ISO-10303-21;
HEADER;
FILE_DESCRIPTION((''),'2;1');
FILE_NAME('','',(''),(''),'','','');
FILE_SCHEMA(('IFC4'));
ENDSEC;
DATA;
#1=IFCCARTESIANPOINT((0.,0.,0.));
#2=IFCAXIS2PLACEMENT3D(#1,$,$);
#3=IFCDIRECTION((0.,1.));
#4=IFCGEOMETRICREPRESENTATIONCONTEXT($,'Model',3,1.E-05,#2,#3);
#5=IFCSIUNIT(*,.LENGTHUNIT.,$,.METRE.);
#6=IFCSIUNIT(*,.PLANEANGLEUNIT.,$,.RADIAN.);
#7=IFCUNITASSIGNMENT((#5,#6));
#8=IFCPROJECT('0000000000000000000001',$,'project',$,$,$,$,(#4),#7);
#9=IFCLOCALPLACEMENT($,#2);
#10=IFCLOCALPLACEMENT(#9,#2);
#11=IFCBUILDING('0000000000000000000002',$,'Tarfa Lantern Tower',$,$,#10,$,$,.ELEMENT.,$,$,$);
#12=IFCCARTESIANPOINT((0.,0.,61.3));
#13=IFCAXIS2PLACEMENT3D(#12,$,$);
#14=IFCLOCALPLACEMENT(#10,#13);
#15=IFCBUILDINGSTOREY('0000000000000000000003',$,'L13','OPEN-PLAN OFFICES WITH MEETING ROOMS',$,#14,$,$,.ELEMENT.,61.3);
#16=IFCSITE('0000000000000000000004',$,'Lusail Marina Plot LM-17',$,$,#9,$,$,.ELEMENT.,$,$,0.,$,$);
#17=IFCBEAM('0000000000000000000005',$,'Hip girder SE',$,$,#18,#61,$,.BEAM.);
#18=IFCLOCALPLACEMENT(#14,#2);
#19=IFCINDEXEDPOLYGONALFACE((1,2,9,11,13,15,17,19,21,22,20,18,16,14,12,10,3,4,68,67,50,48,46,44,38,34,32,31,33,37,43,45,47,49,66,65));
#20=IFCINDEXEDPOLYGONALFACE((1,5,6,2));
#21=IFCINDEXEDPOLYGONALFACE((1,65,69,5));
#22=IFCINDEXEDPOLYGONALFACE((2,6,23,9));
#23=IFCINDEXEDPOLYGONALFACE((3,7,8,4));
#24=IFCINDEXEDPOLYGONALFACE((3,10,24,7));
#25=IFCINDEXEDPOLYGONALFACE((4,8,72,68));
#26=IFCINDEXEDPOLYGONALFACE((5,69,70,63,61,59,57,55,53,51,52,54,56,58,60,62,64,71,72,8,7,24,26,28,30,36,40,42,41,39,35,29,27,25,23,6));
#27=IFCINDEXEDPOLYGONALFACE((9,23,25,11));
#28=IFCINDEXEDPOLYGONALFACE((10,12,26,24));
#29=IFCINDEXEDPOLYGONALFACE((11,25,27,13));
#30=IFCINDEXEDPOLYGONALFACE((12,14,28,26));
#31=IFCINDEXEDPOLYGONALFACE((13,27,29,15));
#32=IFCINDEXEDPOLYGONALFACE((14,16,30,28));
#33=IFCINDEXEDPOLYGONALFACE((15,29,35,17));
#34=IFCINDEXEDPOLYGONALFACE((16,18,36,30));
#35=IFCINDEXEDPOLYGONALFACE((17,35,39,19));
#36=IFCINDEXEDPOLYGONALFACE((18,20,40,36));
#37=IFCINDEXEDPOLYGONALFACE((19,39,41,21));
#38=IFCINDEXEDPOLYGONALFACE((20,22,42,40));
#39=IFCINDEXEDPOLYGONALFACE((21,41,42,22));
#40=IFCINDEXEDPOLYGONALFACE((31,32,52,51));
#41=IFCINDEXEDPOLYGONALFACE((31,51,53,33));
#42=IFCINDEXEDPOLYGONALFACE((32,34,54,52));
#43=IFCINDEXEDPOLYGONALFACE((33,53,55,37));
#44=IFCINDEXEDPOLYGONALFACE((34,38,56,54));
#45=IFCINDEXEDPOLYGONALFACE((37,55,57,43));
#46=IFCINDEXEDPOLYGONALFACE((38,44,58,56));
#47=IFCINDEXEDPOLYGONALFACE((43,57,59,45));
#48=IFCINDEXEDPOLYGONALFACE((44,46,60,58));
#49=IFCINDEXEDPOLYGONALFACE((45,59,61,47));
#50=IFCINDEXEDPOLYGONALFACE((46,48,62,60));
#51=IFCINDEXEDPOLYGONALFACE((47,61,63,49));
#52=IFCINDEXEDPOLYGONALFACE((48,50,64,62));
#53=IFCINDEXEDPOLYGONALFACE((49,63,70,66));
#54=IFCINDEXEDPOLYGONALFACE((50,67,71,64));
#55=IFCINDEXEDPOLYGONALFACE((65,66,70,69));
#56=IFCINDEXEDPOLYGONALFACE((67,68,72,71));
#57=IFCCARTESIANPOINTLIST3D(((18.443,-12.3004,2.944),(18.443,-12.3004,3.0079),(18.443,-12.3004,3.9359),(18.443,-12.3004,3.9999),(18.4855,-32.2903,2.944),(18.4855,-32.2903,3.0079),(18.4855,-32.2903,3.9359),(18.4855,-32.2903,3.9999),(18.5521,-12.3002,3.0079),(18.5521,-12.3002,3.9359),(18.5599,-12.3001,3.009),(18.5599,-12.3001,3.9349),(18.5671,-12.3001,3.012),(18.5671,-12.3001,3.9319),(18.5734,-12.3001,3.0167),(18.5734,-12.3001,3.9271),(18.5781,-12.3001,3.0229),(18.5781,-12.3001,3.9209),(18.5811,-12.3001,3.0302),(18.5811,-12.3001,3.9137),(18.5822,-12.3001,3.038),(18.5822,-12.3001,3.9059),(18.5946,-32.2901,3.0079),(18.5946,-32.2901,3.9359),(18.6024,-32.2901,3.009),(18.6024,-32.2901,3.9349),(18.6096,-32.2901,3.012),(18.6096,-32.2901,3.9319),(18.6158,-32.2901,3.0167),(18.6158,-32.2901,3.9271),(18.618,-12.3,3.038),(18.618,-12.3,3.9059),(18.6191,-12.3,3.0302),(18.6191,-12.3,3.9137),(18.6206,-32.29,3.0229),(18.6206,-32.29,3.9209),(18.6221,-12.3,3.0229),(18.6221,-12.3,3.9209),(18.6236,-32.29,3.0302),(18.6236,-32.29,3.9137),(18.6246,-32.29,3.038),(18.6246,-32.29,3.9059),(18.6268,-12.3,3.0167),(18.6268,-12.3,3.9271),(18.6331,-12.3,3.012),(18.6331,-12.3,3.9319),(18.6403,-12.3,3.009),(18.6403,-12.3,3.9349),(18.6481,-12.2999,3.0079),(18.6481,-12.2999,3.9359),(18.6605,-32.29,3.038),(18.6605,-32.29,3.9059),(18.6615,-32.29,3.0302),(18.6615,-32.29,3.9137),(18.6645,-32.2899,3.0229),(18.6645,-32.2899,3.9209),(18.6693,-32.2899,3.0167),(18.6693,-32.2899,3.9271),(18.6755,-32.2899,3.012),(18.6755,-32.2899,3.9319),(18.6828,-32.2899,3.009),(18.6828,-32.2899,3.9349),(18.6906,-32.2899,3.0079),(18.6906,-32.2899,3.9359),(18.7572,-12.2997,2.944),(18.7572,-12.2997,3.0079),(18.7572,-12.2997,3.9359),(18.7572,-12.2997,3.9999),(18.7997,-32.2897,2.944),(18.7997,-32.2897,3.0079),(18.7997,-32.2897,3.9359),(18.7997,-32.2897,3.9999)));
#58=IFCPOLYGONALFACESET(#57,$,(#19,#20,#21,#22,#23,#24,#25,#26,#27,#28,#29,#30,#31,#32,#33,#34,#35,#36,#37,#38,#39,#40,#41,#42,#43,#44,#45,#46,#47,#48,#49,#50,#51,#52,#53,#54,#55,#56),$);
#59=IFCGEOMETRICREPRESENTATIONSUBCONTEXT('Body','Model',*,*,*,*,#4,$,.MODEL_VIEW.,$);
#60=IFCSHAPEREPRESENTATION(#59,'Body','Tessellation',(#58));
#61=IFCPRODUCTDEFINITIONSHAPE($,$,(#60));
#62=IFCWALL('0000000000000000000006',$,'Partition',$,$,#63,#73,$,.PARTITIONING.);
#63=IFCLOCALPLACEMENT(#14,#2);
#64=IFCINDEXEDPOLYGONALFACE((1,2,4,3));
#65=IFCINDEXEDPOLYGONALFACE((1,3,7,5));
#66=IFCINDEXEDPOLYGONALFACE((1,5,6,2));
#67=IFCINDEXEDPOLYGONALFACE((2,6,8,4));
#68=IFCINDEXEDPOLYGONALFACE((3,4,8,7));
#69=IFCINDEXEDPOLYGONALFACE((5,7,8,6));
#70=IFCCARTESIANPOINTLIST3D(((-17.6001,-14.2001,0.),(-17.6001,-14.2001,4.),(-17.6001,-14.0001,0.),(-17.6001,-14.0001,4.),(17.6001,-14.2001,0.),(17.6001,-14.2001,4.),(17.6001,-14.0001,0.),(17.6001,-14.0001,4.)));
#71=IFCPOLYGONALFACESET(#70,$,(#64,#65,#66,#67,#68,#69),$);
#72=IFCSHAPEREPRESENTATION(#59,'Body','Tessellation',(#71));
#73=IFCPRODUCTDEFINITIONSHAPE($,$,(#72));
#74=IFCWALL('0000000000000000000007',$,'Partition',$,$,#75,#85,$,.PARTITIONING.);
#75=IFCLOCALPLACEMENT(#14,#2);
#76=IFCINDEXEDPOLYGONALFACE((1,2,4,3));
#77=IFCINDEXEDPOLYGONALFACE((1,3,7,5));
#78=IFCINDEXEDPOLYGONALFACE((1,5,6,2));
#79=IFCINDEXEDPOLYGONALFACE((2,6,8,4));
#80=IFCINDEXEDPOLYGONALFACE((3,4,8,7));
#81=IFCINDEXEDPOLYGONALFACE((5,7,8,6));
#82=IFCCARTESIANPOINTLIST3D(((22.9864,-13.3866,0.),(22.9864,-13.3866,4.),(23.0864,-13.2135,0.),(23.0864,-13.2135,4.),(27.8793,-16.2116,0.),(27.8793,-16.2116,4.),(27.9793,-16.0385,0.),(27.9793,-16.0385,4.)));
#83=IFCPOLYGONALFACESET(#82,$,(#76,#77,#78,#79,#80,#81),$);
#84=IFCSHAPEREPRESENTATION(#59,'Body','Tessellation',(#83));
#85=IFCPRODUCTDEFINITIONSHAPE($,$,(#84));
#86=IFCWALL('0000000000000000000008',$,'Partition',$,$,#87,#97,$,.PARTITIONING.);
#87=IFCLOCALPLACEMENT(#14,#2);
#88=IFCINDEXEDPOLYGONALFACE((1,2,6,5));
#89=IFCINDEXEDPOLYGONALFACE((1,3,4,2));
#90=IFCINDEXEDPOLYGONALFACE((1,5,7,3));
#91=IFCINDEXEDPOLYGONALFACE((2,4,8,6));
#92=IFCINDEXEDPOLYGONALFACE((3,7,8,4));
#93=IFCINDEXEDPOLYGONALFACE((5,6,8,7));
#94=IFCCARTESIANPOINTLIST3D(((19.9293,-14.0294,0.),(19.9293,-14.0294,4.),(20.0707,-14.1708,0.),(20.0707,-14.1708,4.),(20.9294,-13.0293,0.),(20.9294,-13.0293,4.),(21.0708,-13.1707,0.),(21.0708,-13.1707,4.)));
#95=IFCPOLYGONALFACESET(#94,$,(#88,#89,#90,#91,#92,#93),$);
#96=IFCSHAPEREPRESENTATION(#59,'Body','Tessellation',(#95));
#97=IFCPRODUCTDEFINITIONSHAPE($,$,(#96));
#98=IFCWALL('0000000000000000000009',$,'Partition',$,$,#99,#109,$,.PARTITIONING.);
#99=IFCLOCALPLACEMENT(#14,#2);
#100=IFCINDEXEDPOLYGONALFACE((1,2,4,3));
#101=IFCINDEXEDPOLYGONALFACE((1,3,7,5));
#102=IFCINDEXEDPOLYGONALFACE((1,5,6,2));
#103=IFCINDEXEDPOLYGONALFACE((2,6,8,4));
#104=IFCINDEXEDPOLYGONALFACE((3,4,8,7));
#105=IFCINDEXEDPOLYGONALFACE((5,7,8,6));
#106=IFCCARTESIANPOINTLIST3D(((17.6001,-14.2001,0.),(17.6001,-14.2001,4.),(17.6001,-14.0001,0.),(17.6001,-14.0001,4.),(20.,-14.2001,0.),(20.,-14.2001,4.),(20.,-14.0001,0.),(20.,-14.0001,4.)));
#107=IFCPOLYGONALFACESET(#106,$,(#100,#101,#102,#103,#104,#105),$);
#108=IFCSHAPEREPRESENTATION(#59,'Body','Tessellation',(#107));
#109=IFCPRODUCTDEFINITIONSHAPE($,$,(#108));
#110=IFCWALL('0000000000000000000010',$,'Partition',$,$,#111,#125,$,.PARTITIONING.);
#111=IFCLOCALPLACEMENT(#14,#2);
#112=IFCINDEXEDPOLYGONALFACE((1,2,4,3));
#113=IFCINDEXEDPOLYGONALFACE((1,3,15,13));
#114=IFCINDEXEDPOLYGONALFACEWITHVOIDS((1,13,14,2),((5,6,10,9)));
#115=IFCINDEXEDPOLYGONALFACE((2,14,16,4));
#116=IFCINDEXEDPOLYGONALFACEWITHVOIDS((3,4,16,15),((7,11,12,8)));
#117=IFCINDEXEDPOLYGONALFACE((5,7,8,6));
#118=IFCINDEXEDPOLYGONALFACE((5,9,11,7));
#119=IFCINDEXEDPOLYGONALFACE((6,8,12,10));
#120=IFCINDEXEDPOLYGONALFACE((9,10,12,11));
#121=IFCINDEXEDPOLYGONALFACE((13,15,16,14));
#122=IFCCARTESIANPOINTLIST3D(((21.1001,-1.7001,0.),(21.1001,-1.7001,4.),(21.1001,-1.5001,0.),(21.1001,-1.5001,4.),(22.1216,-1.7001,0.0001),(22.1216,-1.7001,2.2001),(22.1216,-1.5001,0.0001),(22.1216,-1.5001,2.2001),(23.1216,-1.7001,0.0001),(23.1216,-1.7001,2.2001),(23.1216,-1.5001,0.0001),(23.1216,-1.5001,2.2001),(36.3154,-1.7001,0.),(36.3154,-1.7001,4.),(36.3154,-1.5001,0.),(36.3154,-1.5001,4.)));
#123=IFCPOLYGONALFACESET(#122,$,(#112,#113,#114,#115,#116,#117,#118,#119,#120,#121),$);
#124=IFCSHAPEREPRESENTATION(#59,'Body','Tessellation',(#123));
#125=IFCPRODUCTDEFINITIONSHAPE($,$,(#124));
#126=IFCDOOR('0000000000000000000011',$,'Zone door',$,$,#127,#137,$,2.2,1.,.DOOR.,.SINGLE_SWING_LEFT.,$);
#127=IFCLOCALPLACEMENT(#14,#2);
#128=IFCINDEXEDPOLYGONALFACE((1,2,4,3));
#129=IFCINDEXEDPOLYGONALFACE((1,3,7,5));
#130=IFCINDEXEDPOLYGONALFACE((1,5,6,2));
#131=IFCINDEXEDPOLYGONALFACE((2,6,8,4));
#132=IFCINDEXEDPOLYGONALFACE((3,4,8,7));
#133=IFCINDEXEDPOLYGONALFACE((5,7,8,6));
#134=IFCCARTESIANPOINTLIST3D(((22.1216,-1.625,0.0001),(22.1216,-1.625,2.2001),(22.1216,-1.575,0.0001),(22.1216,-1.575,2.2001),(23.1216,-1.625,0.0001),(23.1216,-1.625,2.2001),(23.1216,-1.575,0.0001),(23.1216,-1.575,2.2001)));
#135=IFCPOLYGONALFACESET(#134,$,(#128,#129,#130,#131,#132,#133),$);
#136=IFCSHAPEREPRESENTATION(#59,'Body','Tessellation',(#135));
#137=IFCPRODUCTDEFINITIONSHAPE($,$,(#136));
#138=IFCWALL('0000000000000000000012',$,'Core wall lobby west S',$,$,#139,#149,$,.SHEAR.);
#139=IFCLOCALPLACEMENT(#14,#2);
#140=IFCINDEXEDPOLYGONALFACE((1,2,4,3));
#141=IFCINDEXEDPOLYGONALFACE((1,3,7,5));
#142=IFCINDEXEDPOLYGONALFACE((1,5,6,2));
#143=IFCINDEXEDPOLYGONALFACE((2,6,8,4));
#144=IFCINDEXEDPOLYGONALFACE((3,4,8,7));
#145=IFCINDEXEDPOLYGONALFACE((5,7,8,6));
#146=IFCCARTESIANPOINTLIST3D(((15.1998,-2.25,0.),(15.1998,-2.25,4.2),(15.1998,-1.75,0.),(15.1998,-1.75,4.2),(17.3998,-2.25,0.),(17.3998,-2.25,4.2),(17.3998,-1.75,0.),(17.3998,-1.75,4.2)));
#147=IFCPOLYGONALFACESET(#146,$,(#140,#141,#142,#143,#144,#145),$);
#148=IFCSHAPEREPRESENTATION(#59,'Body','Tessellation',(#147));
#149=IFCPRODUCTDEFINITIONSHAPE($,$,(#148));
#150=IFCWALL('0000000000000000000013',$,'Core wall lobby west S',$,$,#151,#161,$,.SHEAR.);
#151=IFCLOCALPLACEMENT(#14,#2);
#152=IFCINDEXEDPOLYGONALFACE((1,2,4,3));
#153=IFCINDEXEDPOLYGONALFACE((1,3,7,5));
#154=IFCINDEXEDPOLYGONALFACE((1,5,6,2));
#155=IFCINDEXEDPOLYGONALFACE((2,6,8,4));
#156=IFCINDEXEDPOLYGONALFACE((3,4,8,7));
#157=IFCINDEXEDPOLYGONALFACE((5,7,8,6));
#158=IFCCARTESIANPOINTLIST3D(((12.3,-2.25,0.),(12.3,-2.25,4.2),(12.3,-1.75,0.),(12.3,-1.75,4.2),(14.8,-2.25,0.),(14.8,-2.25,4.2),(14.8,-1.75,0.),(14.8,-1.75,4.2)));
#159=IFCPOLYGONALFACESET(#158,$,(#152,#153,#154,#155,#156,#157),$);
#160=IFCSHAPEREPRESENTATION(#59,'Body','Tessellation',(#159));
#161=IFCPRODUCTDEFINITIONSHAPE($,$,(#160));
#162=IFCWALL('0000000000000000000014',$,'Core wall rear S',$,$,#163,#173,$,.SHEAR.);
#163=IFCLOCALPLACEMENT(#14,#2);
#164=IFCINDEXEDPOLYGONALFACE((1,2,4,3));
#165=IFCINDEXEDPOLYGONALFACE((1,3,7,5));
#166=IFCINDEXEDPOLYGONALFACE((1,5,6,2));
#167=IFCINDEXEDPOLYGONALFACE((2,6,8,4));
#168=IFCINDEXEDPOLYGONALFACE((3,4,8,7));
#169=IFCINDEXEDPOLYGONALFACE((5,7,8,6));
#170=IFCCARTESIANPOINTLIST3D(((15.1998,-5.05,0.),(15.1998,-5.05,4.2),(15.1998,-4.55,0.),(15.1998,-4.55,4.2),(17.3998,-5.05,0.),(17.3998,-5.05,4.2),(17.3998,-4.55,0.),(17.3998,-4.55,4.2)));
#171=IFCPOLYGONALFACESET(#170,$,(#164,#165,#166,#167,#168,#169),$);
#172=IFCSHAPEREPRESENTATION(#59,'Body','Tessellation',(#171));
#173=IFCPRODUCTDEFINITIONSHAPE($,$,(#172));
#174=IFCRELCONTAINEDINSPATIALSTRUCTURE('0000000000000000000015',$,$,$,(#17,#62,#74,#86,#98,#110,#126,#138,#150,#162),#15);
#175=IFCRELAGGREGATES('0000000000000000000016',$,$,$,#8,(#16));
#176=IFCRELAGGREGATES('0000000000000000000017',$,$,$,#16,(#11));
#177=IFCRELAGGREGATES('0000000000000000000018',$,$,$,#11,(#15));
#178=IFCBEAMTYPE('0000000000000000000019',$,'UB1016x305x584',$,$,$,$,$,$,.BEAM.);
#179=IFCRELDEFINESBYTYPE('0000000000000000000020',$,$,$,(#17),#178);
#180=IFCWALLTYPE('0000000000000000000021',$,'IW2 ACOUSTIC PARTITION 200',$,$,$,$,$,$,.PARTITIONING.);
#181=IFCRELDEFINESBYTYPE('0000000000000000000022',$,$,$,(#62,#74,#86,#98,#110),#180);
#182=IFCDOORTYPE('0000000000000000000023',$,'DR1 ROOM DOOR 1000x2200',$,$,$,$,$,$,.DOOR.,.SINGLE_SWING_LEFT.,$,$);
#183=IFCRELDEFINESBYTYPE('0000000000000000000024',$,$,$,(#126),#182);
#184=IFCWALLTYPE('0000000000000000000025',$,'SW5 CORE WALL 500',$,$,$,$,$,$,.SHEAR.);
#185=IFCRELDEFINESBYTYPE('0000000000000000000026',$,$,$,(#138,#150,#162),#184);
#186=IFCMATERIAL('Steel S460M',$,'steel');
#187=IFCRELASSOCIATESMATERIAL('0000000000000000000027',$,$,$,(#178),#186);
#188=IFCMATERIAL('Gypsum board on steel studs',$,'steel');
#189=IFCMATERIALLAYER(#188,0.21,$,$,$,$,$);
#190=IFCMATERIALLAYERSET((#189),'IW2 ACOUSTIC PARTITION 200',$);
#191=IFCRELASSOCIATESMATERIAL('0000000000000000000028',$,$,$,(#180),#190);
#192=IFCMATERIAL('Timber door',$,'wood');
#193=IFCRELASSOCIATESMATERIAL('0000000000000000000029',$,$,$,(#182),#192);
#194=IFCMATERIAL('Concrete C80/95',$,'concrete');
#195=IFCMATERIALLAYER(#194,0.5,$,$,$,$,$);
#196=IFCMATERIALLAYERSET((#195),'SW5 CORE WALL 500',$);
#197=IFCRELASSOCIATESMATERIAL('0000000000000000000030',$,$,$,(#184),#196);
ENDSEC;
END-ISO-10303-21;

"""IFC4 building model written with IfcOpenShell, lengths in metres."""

from ifc_helpers import new_model, si_unit, direction, frame, frame_2d, origin, origin_2d, place, context, subcontext, project, spatial, rectangle, i_section, extrude, material, layer, layer_set, material_profile, profile_set, type_object, element, fill, save


model = new_model("IFC4")

# Units and contexts
model_context = context("Model", 3, precision=1e-05, world=origin(), true_north=direction((0.0, 1.0)))
body_context = subcontext(model_context, "Body", "Model", "MODEL_VIEW")
ifc_project = project(units=[si_unit("LENGTHUNIT", "METRE"), si_unit("PLANEANGLEUNIT", "RADIAN")], contexts=[model_context])

# Site, building, storey
site_placement = place(None, origin())
site = spatial("IfcSite", under=ifc_project, at=site_placement, Name="Lusail Marina Plot LM-17", CompositionType="ELEMENT", RefElevation=0.0)
building_placement = place(site_placement, origin())
building = spatial("IfcBuilding", under=site, at=building_placement, Name="Tarfa Lantern Tower", CompositionType="ELEMENT")
storey_placement = place(building_placement, frame((0.0, 0.0, 61.3)))
storey = spatial("IfcBuildingStorey", under=building, at=storey_placement, Name="L13", Description="OPEN-PLAN OFFICES WITH MEETING ROOMS", CompositionType="ELEMENT", Elevation=61.3)

# Beam
ifc_material_1 = material(Name="Steel S460M", Category="steel")
ifc_material_profile = material_profile(ifc_material_1, i_section(OverallWidth=0.3142, OverallDepth=1.0559, WebThickness=0.0359, FlangeThickness=0.064, FilletRadius=0.03, at=origin_2d()), Name="UB1016x305x584")
ifc_profile_set = profile_set([ifc_material_profile], Name="Steel S460M")
beam_type = type_object("IfcBeamType", Name="UB1016x305x584", PredefinedType="BEAM", material=ifc_profile_set)
beam_placement = place(storey_placement, frame((18.6001, -12.3, 3.4719), z_axis=(0.002125, -0.999998, 0.0), x_axis=(0.999998, 0.002125, 0.0)))
element("IfcBeam", 1, at=beam_placement, inside=storey, type_object=beam_type, Name="Hip girder SE", PredefinedType="BEAM", context=body_context, shape_type="SweptSolid", body=[
    extrude(i_section(OverallWidth=0.3142, OverallDepth=1.0559, WebThickness=0.0359, FlangeThickness=0.064, FilletRadius=0.03, at=origin_2d()), origin(), (0.0, 0.0, 1.0), 19.99),
])

# Walls
ifc_material_2 = material(Name="Gypsum board on steel studs", Category="steel")
ifc_layer_1 = layer(ifc_material_2, 0.21)
ifc_layer_set_1 = layer_set([ifc_layer_1], Name="IW2 ACOUSTIC PARTITION 200")
wall_type_1 = type_object("IfcWallType", Name="IW2 ACOUSTIC PARTITION 200", PredefinedType="PARTITIONING", material=ifc_layer_set_1)
wall_1_placement = place(storey_placement, frame((17.6001, -14.1001, 0.0), z_axis=(0.0, 0.0, 1.0), x_axis=(-1.0, 0.0, 0.0)))
element("IfcWall", 2, at=wall_1_placement, inside=storey, type_object=wall_type_1, Name="Partition", PredefinedType="PARTITIONING", context=body_context, shape_type="SweptSolid", body=[
    extrude(rectangle(XDim=35.2002, YDim=0.2, at=frame_2d((17.6001, 0.0))), origin(), (0.0, 0.0, 1.0), 4.0),
])
wall_2_placement = place(storey_placement, frame((23.0364, -13.3, 0.0), z_axis=(0.0, 0.0, 1.0), x_axis=(0.866019, -0.50001, 0.0)))
element("IfcWall", 3, at=wall_2_placement, inside=storey, type_object=wall_type_1, Name="Partition", PredefinedType="PARTITIONING", context=body_context, shape_type="SweptSolid", body=[
    extrude(rectangle(XDim=5.6499, YDim=0.2, at=frame_2d((2.825, 0.0))), origin(), (0.0, 0.0, 1.0), 4.0),
])
wall_3_placement = place(storey_placement, frame((21.0, -13.1001, 0.0), z_axis=(0.0, 0.0, 1.0), x_axis=(-0.707107, -0.707107, 0.0)))
element("IfcWall", 4, at=wall_3_placement, inside=storey, type_object=wall_type_1, Name="Partition", PredefinedType="PARTITIONING", context=body_context, shape_type="SweptSolid", body=[
    extrude(rectangle(XDim=1.4143, YDim=0.2, at=frame_2d((0.707, 0.0))), origin(), (0.0, 0.0, 1.0), 4.0),
])
wall_4_placement = place(storey_placement, frame((20.0, -14.1001, 0.0), z_axis=(0.0, 0.0, 1.0), x_axis=(-1.0, 0.0, 0.0)))
element("IfcWall", 5, at=wall_4_placement, inside=storey, type_object=wall_type_1, Name="Partition", PredefinedType="PARTITIONING", context=body_context, shape_type="SweptSolid", body=[
    extrude(rectangle(XDim=2.3999, YDim=0.2, at=frame_2d((1.2, 0.0))), origin(), (0.0, 0.0, 1.0), 4.0),
])

# Wall, opening, door
wall_5_placement = place(storey_placement, frame((21.1001, -1.6001, 0.0), z_axis=(0.0, 0.0, 1.0), x_axis=(1.0, 0.0, 0.0)))
wall_5 = element("IfcWall", 6, at=wall_5_placement, inside=storey, type_object=wall_type_1, Name="Partition", PredefinedType="PARTITIONING", context=body_context, shape_type="SweptSolid", body=[
    extrude(rectangle(XDim=15.2153, YDim=0.2, at=frame_2d((7.6077, 0.0))), origin(), (0.0, 0.0, 1.0), 4.0),
])
opening_1_placement = place(wall_5_placement, frame((1.0215, 0.0, 0.0)))
opening_1 = element("IfcOpeningElement", 7, at=opening_1_placement, cuts=wall_5, PredefinedType="OPENING", context=body_context, shape_type="SweptSolid", body=[
    extrude(rectangle(XDim=1.0, YDim=2.2, at=frame_2d((0.5, 1.1001))), frame((0.0, 0.1099, 0.0), z_axis=(0.0, -1.0, 0.0), x_axis=(1.0, 0.0, 0.0)), (0.0, 0.0, 1.0), 0.22),
])
ifc_material_3 = material(Name="Timber door", Category="wood")
door_type_1 = type_object("IfcDoorType", Name="DR1 ROOM DOOR 1000x2200", OperationType="SINGLE_SWING_LEFT", PredefinedType="DOOR", material=ifc_material_3)
door_1_placement = place(opening_1_placement, frame((1.0, 0.0, 0.0), z_axis=(0.0, 0.0, 1.0), x_axis=(-1.0, 0.0, 0.0)))
door_1 = element("IfcDoor", 8, at=door_1_placement, inside=storey, type_object=door_type_1, Name="Zone door", OperationType="SINGLE_SWING_LEFT", OverallHeight=2.2, OverallWidth=1.0, PredefinedType="DOOR", context=body_context, shape_type="SweptSolid", body=[
    extrude(rectangle(XDim=1.0, YDim=2.2, at=frame_2d((0.5, 1.1001))), frame((0.0, 0.0249, 0.0), z_axis=(0.0, -1.0, 0.0), x_axis=(1.0, 0.0, 0.0)), (0.0, 0.0, 1.0), 0.05),
])
fill(opening_1, door_1)
ifc_material_4 = material(Name="Concrete C80/95", Category="concrete")

# Walls
ifc_layer_2 = layer(ifc_material_4, 0.5)
ifc_layer_set_2 = layer_set([ifc_layer_2], Name="SW5 CORE WALL 500")
wall_type_2 = type_object("IfcWallType", Name="SW5 CORE WALL 500", PredefinedType="SHEAR", material=ifc_layer_set_2)
wall_6_placement = place(storey_placement, frame((17.3999, -2.0, 0.0), z_axis=(0.0, 0.0, 1.0), x_axis=(-1.0, 0.0, 0.0)))
element("IfcWall", 9, at=wall_6_placement, inside=storey, type_object=wall_type_2, Name="Core wall lobby west S", PredefinedType="SHEAR", context=body_context, shape_type="SweptSolid", body=[
    extrude(rectangle(XDim=2.2, YDim=0.5, at=frame_2d((1.1001, 0.0))), origin(), (0.0, 0.0, 1.0), 4.2),
])
wall_7_placement = place(storey_placement, frame((14.8, -2.0, 0.0), z_axis=(0.0, 0.0, 1.0), x_axis=(-1.0, 0.0, 0.0)))
element("IfcWall", 10, at=wall_7_placement, inside=storey, type_object=wall_type_2, Name="Core wall lobby west S", PredefinedType="SHEAR", context=body_context, shape_type="SweptSolid", body=[
    extrude(rectangle(XDim=2.5, YDim=0.5, at=frame_2d((1.25, 0.0))), origin(), (0.0, 0.0, 1.0), 4.2),
])
wall_8_placement = place(storey_placement, frame((17.3999, -4.8, 0.0), z_axis=(0.0, 0.0, 1.0), x_axis=(-1.0, 0.0, 0.0)))
element("IfcWall", 11, at=wall_8_placement, inside=storey, type_object=wall_type_2, Name="Core wall rear S", PredefinedType="SHEAR", context=body_context, shape_type="SweptSolid", body=[
    extrude(rectangle(XDim=2.2, YDim=0.5, at=frame_2d((1.1001, 0.0))), origin(), (0.0, 0.0, 1.0), 4.2),
])

save(model, "model.ifc")
